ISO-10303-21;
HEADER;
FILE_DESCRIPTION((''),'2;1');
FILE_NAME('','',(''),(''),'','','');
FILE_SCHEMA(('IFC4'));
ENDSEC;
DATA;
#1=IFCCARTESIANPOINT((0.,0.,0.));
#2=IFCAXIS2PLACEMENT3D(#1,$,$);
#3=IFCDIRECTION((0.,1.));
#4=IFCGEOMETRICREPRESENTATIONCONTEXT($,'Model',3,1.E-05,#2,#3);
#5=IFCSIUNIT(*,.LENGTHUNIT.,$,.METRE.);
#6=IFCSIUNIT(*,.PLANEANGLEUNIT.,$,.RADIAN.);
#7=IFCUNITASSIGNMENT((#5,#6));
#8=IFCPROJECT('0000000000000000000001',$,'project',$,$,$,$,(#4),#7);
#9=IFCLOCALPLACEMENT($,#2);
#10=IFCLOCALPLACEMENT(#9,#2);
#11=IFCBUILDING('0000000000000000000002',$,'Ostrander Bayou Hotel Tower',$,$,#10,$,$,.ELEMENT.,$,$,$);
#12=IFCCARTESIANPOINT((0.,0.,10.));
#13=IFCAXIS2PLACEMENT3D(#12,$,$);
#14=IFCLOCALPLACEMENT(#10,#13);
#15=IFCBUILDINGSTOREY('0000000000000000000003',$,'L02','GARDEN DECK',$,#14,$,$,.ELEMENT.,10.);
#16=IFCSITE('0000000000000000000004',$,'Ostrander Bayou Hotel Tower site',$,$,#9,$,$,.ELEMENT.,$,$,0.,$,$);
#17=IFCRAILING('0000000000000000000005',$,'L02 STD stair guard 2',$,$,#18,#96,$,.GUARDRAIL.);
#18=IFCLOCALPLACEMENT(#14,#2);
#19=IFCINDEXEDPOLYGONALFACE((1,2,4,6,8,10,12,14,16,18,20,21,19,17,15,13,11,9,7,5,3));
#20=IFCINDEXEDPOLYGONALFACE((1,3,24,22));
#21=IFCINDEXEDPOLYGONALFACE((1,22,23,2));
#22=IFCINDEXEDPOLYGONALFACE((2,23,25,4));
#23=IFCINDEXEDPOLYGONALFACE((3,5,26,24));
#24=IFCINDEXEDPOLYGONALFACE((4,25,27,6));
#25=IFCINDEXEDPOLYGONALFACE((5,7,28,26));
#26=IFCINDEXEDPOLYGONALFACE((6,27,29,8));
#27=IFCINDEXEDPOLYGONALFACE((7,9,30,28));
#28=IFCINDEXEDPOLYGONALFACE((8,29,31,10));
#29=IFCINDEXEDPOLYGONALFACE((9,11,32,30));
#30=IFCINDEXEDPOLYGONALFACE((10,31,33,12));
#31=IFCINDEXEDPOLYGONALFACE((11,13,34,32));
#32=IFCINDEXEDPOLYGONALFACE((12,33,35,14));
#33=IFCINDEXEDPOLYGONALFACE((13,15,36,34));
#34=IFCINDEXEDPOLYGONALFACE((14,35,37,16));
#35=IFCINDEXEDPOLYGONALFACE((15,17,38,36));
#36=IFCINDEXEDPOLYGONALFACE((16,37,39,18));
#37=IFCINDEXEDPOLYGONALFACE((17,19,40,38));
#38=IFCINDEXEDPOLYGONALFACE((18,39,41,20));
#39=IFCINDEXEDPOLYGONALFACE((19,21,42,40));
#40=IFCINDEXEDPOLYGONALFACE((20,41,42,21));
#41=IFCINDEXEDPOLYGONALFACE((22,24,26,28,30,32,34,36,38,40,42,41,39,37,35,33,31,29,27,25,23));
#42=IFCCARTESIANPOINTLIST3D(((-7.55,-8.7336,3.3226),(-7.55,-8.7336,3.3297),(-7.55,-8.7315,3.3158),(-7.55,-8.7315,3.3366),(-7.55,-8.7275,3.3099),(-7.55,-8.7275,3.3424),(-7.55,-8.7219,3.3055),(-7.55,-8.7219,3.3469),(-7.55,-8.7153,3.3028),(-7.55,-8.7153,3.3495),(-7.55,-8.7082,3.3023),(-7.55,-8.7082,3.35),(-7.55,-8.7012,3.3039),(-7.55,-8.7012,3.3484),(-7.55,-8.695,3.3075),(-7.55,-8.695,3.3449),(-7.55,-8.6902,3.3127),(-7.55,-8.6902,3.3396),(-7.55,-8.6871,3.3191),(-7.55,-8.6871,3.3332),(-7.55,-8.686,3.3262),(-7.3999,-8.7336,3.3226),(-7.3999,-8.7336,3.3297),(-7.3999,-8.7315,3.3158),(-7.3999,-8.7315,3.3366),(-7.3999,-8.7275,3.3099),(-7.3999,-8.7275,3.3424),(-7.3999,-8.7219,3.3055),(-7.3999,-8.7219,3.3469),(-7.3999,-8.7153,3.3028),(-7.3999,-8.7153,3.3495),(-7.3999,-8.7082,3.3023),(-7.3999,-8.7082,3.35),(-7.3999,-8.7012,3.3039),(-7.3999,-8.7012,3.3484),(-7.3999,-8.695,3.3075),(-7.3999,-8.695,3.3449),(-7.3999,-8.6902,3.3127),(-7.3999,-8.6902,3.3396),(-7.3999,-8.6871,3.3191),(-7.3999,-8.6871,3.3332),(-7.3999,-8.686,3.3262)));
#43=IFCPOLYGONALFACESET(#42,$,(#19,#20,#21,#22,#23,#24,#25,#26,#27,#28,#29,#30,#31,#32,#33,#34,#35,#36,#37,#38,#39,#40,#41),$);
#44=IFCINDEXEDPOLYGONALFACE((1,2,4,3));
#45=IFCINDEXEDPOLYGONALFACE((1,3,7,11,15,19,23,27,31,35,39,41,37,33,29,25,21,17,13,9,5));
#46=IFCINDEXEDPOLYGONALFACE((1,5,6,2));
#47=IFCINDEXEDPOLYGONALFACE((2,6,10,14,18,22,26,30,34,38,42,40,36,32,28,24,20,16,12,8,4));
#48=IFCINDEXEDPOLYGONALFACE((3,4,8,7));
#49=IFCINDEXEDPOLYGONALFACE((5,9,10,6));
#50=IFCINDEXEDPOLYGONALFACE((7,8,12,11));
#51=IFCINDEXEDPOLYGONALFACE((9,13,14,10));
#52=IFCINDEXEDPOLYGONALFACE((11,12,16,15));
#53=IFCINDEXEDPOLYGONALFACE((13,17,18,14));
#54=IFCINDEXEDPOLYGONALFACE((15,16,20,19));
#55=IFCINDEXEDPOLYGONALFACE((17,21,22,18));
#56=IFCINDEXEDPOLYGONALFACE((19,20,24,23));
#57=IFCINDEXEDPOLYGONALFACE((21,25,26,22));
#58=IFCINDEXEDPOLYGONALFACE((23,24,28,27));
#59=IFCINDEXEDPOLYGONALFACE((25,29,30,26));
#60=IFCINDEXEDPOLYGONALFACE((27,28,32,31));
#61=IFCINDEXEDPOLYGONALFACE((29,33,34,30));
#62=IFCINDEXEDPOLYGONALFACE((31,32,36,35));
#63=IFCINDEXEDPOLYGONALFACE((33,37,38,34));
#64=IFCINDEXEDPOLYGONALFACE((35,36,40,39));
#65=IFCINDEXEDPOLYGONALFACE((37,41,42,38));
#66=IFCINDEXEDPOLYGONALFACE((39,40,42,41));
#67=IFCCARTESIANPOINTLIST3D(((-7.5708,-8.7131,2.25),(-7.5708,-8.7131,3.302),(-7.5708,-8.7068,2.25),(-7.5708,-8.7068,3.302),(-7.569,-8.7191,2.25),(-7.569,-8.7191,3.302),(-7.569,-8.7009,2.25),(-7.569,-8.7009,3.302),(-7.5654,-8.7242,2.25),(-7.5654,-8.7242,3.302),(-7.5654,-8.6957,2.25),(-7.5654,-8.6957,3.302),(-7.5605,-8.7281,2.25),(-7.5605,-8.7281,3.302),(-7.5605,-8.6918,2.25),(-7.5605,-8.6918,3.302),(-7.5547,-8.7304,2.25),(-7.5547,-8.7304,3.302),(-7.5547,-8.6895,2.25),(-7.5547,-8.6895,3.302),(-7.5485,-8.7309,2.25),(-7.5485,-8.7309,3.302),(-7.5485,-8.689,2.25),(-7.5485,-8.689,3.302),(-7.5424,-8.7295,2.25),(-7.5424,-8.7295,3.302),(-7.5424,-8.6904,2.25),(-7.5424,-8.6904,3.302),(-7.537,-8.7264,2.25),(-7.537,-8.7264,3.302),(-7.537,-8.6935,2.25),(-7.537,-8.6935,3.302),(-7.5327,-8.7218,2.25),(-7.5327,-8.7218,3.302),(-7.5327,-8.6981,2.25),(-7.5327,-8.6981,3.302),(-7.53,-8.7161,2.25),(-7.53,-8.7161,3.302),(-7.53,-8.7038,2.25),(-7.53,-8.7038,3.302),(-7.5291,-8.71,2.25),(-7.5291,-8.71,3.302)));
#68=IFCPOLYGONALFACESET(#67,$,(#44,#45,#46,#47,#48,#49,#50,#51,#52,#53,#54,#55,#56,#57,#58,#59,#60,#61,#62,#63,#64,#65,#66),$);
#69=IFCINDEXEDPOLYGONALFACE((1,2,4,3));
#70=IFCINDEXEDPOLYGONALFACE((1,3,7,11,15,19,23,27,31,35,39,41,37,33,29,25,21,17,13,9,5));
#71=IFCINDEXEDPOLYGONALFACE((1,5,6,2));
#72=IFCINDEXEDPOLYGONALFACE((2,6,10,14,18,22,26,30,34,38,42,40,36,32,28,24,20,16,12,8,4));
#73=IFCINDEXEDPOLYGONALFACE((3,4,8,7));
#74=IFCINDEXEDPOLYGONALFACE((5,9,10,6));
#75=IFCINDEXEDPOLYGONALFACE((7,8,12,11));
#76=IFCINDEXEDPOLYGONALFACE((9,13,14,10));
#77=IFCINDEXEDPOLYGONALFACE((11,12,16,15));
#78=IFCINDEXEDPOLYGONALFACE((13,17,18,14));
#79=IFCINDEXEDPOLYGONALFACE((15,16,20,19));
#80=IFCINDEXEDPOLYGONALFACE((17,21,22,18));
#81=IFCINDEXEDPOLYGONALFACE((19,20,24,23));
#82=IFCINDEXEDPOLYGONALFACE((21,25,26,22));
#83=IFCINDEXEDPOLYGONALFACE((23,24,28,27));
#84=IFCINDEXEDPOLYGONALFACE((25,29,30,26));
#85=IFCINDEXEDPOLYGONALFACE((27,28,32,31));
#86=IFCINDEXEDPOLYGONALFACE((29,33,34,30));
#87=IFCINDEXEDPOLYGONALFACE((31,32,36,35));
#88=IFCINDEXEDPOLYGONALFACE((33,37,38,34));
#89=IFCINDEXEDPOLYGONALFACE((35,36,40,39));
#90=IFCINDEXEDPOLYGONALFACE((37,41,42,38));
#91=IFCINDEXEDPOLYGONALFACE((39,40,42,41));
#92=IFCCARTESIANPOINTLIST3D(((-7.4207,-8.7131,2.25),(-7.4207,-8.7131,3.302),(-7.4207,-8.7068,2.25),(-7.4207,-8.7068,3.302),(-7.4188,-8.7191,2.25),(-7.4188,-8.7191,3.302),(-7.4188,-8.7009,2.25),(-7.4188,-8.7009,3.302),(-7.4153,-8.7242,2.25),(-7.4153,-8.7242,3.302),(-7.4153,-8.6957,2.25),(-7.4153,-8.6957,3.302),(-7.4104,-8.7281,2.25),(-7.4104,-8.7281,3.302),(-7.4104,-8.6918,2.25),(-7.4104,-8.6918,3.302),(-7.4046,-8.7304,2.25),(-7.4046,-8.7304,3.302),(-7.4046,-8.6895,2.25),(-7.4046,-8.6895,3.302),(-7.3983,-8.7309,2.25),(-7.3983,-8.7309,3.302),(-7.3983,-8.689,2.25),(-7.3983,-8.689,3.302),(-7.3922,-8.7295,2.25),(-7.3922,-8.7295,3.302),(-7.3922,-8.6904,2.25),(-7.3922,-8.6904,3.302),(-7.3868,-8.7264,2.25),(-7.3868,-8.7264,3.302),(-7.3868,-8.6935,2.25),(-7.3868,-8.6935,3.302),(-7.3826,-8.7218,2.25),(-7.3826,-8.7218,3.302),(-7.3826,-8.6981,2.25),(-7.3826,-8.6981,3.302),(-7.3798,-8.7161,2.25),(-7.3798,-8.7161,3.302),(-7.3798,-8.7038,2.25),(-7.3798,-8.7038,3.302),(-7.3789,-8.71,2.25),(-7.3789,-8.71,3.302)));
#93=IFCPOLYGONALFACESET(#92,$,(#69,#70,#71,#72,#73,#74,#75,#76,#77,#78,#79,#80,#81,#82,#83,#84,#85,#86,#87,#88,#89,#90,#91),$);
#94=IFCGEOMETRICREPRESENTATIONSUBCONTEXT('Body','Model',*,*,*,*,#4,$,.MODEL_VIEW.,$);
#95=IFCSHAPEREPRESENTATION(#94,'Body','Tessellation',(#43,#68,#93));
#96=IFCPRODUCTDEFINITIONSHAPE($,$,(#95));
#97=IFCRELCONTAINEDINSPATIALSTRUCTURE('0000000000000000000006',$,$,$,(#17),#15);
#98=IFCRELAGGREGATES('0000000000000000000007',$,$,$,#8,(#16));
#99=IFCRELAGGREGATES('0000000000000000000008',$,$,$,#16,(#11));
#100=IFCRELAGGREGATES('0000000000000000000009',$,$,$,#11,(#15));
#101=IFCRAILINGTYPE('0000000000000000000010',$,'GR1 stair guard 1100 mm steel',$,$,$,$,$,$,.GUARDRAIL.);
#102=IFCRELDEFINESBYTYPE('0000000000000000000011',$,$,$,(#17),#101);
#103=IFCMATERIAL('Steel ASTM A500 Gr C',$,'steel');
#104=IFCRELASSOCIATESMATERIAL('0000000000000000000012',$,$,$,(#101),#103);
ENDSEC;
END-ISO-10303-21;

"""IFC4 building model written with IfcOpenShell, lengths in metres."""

from ifc_helpers import new_model, si_unit, direction, frame, origin, origin_2d, place, context, subcontext, project, spatial, circle, extrude, material, type_object, element, save


model = new_model("IFC4")

# Units and contexts
model_context = context("Model", 3, precision=1e-05, world=origin(), true_north=direction((0.0, 1.0)))
body_context = subcontext(model_context, "Body", "Model", "MODEL_VIEW")
ifc_project = project(units=[si_unit("LENGTHUNIT", "METRE"), si_unit("PLANEANGLEUNIT", "RADIAN")], contexts=[model_context])

# Site, building, storey
site_placement = place(None, origin())
site = spatial("IfcSite", under=ifc_project, at=site_placement, Name="Ostrander Bayou Hotel Tower site", CompositionType="ELEMENT", RefElevation=0.0)
building_placement = place(site_placement, origin())
building = spatial("IfcBuilding", under=site, at=building_placement, Name="Ostrander Bayou Hotel Tower", CompositionType="ELEMENT")
storey_placement = place(building_placement, frame((0.0, 0.0, 10.0)))
storey = spatial("IfcBuildingStorey", under=building, at=storey_placement, Name="L02", Description="GARDEN DECK", CompositionType="ELEMENT", Elevation=10.0)

# Railing
ifc_material_1 = material(Name="Steel ASTM A500 Gr C", Category="steel")
railing_type_1 = type_object("IfcRailingType", Name="GR1 stair guard 1100 mm steel", PredefinedType="GUARDRAIL", material=ifc_material_1)
railing_1_placement = place(storey_placement, frame((-7.55, -8.71, 2.25)))
element("IfcRailing", 1, at=railing_1_placement, inside=storey, type_object=railing_type_1, Name="L02 STD stair guard 2", PredefinedType="GUARDRAIL", context=body_context, shape_type="SweptSolid", body=[
    extrude(circle(Radius=0.0239, at=origin_2d()), frame((0.0, 0.0, 1.0762), z_axis=(1.0, 0.0, 0.0), x_axis=(0.0, 1.0, 0.0)), (0.0, 0.0, 1.0), 0.1501),
    extrude(circle(Radius=0.021, at=origin_2d()), origin(), (0.0, 0.0, 1.0), 1.052),
    extrude(circle(Radius=0.021, at=origin_2d()), frame((0.1501, 0.0, 0.0)), (0.0, 0.0, 1.0), 1.052),
])

save(model, "model.ifc")
